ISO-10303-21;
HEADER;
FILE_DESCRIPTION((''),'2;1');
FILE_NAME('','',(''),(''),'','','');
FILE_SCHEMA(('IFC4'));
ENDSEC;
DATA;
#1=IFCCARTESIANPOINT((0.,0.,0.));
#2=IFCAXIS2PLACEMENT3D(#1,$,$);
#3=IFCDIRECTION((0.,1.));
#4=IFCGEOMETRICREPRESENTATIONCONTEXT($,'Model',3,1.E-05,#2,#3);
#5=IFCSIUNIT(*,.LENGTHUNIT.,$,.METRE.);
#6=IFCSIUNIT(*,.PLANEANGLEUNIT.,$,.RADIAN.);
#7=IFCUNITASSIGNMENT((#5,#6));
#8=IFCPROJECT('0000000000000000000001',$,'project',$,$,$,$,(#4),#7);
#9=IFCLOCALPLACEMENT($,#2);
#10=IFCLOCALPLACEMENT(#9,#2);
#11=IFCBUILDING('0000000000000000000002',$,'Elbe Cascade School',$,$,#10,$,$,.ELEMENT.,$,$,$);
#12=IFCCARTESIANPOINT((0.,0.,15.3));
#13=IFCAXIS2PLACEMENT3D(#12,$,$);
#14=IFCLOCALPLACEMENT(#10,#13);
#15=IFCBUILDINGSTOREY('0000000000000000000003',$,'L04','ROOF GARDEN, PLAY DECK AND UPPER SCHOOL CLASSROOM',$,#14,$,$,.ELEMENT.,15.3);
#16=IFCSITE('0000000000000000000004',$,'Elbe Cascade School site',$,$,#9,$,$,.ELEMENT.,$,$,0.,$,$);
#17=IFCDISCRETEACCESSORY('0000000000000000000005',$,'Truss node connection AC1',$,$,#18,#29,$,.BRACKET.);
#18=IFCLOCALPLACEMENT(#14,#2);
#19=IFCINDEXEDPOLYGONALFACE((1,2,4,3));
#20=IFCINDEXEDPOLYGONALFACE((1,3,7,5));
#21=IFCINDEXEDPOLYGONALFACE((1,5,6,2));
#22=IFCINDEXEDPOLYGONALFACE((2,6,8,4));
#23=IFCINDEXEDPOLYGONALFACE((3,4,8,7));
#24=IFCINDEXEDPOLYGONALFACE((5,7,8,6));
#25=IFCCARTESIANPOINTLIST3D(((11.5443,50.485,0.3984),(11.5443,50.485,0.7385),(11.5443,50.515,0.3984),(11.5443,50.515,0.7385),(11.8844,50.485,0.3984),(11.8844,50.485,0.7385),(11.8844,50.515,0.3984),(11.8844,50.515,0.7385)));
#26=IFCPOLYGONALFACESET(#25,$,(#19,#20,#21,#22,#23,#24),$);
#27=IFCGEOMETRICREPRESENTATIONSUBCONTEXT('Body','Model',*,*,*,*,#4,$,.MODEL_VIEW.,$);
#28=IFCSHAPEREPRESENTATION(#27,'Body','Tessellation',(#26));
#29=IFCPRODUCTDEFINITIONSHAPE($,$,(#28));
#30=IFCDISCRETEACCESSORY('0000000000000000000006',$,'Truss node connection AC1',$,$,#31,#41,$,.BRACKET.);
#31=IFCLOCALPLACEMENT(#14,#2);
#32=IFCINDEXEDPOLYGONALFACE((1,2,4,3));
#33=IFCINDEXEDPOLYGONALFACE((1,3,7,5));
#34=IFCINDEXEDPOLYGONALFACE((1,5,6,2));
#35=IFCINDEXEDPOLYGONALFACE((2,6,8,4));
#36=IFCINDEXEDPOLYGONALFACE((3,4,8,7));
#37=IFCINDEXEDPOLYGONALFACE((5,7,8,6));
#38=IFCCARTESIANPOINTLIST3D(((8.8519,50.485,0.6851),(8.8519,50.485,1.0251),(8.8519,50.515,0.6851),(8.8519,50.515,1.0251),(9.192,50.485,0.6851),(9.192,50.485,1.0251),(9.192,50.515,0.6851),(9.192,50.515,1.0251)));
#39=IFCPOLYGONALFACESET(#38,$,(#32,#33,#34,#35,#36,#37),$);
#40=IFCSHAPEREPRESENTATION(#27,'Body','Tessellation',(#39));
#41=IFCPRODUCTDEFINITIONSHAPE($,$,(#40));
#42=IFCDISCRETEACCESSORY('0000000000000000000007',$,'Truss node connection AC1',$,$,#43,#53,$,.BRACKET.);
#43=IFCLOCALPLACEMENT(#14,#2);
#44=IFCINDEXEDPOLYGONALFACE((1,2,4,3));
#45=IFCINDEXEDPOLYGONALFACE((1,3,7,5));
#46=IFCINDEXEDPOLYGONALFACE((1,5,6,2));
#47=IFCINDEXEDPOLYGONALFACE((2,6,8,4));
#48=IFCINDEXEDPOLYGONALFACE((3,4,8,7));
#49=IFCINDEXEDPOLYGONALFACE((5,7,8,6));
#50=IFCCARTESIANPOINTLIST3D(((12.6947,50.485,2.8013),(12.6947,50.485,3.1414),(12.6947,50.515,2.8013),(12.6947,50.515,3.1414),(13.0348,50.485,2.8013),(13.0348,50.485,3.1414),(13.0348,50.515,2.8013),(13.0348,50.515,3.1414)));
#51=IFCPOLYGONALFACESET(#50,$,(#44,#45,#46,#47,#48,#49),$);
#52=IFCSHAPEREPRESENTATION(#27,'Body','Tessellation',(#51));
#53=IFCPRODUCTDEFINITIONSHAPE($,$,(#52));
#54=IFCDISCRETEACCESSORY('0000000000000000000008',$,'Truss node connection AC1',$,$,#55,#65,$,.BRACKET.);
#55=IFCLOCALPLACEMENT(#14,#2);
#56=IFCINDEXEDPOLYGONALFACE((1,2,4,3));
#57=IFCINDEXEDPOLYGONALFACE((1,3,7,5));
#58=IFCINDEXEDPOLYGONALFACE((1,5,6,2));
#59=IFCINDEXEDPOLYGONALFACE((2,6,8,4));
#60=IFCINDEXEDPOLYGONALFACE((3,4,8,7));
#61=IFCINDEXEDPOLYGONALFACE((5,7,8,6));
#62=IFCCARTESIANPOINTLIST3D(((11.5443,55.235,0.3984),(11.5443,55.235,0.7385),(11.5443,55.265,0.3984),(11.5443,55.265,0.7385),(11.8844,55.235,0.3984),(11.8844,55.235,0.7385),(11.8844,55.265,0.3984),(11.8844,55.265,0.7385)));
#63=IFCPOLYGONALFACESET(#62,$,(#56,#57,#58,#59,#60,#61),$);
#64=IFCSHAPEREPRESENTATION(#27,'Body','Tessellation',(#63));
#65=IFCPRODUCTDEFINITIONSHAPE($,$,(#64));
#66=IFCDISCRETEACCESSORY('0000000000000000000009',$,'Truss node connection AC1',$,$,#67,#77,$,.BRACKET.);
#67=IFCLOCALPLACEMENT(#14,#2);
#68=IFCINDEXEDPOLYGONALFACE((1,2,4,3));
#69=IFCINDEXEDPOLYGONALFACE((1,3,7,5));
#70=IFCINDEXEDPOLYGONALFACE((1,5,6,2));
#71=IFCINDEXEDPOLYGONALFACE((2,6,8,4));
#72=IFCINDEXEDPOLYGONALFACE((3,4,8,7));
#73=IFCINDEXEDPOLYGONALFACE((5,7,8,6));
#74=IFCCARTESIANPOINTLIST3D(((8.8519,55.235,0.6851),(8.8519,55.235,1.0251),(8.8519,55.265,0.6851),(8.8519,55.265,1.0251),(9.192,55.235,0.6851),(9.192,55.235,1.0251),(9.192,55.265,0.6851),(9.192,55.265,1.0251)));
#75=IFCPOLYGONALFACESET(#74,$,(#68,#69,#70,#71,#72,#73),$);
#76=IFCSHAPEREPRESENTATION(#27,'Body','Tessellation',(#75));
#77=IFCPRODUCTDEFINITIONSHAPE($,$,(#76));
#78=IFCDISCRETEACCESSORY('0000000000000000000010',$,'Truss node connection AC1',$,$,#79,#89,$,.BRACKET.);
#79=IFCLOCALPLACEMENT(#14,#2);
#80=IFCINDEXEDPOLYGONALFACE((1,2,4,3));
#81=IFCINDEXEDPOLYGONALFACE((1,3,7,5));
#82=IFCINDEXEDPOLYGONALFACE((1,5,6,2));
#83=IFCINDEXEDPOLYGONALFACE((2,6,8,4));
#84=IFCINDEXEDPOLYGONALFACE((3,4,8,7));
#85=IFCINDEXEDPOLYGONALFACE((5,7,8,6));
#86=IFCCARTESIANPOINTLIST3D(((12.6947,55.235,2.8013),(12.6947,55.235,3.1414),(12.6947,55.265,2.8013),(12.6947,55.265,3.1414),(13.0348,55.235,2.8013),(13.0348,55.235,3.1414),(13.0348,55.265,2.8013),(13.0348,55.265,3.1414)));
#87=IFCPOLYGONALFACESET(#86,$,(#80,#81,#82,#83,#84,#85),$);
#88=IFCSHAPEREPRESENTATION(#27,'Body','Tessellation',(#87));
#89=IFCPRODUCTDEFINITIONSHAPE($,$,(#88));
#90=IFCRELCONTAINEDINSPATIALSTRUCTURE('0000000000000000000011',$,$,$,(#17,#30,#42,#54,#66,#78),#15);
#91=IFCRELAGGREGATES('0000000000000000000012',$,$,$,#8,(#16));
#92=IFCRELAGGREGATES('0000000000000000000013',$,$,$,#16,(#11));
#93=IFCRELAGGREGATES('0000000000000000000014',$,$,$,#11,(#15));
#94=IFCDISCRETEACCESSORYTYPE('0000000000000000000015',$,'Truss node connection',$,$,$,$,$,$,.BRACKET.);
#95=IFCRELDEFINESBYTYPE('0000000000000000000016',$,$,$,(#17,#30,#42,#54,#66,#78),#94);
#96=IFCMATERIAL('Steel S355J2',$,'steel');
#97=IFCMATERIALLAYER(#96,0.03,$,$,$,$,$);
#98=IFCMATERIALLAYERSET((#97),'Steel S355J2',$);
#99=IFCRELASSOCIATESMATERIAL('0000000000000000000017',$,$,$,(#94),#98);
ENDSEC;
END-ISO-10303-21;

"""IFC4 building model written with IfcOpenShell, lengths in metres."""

from ifc_helpers import new_model, si_unit, direction, frame, origin, origin_2d, place, context, subcontext, project, spatial, rectangle, extrude, material, layer, layer_set, type_object, element, save


model = new_model("IFC4")

# Units and contexts
model_context = context("Model", 3, precision=1e-05, world=origin(), true_north=direction((0.0, 1.0)))
body_context = subcontext(model_context, "Body", "Model", "MODEL_VIEW")
ifc_project = project(units=[si_unit("LENGTHUNIT", "METRE"), si_unit("PLANEANGLEUNIT", "RADIAN")], contexts=[model_context])

# Site, building, storey
site_placement = place(None, origin())
site = spatial("IfcSite", under=ifc_project, at=site_placement, Name="Elbe Cascade School site", CompositionType="ELEMENT", RefElevation=0.0)
building_placement = place(site_placement, origin())
building = spatial("IfcBuilding", under=site, at=building_placement, Name="Elbe Cascade School", CompositionType="ELEMENT")
storey_placement = place(building_placement, frame((0.0, 0.0, 15.3)))
storey = spatial("IfcBuildingStorey", under=building, at=storey_placement, Name="L04", Description="ROOF GARDEN, PLAY DECK AND UPPER SCHOOL CLASSROOM", CompositionType="ELEMENT", Elevation=15.3)

# Discrete accessories
ifc_material_1 = material(Name="Steel S355J2", Category="steel")
ifc_layer = layer(ifc_material_1, 0.03)
ifc_layer_set = layer_set([ifc_layer], Name="Steel S355J2")
discrete_accessory_type = type_object("IfcDiscreteAccessoryType", Name="Truss node connection", PredefinedType="BRACKET", material=ifc_layer_set)
for number, where, z_axis, x_axis, name in (
    (1, (11.7144, 50.5, 0.3984), (0.0, 0.0, 1.0), (1.0, 0.0, 0.0), "Truss node connection AC1"),
    (2, (9.022, 50.5, 0.6851), (0.0, 0.0, 1.0), (1.0, 0.0, 0.0), "Truss node connection AC1"),
    (3, (12.8647, 50.5, 2.8013), (0.0, 0.0, 1.0), (1.0, 0.0, 0.0), "Truss node connection AC1"),
    (4, (11.7144, 55.25, 0.3984), (0.0, 0.0, 1.0), (1.0, 0.0, 0.0), "Truss node connection AC1"),
    (5, (9.022, 55.25, 0.6851), (0.0, 0.0, 1.0), (1.0, 0.0, 0.0), "Truss node connection AC1"),
    (6, (12.8647, 55.25, 2.8013), (0.0, 0.0, 1.0), (1.0, 0.0, 0.0), "Truss node connection AC1"),
):
    element("IfcDiscreteAccessory", number, at=place(storey_placement, frame(where, z_axis=z_axis, x_axis=x_axis)), inside=storey, type_object=discrete_accessory_type, Name=name, PredefinedType="BRACKET", context=body_context, shape_type="SweptSolid", body=[
        extrude(rectangle(XDim=0.3401, YDim=0.03, at=origin_2d()), origin(), (0.0, 0.0, 1.0), 0.3401),
    ])

save(model, "model.ifc")
